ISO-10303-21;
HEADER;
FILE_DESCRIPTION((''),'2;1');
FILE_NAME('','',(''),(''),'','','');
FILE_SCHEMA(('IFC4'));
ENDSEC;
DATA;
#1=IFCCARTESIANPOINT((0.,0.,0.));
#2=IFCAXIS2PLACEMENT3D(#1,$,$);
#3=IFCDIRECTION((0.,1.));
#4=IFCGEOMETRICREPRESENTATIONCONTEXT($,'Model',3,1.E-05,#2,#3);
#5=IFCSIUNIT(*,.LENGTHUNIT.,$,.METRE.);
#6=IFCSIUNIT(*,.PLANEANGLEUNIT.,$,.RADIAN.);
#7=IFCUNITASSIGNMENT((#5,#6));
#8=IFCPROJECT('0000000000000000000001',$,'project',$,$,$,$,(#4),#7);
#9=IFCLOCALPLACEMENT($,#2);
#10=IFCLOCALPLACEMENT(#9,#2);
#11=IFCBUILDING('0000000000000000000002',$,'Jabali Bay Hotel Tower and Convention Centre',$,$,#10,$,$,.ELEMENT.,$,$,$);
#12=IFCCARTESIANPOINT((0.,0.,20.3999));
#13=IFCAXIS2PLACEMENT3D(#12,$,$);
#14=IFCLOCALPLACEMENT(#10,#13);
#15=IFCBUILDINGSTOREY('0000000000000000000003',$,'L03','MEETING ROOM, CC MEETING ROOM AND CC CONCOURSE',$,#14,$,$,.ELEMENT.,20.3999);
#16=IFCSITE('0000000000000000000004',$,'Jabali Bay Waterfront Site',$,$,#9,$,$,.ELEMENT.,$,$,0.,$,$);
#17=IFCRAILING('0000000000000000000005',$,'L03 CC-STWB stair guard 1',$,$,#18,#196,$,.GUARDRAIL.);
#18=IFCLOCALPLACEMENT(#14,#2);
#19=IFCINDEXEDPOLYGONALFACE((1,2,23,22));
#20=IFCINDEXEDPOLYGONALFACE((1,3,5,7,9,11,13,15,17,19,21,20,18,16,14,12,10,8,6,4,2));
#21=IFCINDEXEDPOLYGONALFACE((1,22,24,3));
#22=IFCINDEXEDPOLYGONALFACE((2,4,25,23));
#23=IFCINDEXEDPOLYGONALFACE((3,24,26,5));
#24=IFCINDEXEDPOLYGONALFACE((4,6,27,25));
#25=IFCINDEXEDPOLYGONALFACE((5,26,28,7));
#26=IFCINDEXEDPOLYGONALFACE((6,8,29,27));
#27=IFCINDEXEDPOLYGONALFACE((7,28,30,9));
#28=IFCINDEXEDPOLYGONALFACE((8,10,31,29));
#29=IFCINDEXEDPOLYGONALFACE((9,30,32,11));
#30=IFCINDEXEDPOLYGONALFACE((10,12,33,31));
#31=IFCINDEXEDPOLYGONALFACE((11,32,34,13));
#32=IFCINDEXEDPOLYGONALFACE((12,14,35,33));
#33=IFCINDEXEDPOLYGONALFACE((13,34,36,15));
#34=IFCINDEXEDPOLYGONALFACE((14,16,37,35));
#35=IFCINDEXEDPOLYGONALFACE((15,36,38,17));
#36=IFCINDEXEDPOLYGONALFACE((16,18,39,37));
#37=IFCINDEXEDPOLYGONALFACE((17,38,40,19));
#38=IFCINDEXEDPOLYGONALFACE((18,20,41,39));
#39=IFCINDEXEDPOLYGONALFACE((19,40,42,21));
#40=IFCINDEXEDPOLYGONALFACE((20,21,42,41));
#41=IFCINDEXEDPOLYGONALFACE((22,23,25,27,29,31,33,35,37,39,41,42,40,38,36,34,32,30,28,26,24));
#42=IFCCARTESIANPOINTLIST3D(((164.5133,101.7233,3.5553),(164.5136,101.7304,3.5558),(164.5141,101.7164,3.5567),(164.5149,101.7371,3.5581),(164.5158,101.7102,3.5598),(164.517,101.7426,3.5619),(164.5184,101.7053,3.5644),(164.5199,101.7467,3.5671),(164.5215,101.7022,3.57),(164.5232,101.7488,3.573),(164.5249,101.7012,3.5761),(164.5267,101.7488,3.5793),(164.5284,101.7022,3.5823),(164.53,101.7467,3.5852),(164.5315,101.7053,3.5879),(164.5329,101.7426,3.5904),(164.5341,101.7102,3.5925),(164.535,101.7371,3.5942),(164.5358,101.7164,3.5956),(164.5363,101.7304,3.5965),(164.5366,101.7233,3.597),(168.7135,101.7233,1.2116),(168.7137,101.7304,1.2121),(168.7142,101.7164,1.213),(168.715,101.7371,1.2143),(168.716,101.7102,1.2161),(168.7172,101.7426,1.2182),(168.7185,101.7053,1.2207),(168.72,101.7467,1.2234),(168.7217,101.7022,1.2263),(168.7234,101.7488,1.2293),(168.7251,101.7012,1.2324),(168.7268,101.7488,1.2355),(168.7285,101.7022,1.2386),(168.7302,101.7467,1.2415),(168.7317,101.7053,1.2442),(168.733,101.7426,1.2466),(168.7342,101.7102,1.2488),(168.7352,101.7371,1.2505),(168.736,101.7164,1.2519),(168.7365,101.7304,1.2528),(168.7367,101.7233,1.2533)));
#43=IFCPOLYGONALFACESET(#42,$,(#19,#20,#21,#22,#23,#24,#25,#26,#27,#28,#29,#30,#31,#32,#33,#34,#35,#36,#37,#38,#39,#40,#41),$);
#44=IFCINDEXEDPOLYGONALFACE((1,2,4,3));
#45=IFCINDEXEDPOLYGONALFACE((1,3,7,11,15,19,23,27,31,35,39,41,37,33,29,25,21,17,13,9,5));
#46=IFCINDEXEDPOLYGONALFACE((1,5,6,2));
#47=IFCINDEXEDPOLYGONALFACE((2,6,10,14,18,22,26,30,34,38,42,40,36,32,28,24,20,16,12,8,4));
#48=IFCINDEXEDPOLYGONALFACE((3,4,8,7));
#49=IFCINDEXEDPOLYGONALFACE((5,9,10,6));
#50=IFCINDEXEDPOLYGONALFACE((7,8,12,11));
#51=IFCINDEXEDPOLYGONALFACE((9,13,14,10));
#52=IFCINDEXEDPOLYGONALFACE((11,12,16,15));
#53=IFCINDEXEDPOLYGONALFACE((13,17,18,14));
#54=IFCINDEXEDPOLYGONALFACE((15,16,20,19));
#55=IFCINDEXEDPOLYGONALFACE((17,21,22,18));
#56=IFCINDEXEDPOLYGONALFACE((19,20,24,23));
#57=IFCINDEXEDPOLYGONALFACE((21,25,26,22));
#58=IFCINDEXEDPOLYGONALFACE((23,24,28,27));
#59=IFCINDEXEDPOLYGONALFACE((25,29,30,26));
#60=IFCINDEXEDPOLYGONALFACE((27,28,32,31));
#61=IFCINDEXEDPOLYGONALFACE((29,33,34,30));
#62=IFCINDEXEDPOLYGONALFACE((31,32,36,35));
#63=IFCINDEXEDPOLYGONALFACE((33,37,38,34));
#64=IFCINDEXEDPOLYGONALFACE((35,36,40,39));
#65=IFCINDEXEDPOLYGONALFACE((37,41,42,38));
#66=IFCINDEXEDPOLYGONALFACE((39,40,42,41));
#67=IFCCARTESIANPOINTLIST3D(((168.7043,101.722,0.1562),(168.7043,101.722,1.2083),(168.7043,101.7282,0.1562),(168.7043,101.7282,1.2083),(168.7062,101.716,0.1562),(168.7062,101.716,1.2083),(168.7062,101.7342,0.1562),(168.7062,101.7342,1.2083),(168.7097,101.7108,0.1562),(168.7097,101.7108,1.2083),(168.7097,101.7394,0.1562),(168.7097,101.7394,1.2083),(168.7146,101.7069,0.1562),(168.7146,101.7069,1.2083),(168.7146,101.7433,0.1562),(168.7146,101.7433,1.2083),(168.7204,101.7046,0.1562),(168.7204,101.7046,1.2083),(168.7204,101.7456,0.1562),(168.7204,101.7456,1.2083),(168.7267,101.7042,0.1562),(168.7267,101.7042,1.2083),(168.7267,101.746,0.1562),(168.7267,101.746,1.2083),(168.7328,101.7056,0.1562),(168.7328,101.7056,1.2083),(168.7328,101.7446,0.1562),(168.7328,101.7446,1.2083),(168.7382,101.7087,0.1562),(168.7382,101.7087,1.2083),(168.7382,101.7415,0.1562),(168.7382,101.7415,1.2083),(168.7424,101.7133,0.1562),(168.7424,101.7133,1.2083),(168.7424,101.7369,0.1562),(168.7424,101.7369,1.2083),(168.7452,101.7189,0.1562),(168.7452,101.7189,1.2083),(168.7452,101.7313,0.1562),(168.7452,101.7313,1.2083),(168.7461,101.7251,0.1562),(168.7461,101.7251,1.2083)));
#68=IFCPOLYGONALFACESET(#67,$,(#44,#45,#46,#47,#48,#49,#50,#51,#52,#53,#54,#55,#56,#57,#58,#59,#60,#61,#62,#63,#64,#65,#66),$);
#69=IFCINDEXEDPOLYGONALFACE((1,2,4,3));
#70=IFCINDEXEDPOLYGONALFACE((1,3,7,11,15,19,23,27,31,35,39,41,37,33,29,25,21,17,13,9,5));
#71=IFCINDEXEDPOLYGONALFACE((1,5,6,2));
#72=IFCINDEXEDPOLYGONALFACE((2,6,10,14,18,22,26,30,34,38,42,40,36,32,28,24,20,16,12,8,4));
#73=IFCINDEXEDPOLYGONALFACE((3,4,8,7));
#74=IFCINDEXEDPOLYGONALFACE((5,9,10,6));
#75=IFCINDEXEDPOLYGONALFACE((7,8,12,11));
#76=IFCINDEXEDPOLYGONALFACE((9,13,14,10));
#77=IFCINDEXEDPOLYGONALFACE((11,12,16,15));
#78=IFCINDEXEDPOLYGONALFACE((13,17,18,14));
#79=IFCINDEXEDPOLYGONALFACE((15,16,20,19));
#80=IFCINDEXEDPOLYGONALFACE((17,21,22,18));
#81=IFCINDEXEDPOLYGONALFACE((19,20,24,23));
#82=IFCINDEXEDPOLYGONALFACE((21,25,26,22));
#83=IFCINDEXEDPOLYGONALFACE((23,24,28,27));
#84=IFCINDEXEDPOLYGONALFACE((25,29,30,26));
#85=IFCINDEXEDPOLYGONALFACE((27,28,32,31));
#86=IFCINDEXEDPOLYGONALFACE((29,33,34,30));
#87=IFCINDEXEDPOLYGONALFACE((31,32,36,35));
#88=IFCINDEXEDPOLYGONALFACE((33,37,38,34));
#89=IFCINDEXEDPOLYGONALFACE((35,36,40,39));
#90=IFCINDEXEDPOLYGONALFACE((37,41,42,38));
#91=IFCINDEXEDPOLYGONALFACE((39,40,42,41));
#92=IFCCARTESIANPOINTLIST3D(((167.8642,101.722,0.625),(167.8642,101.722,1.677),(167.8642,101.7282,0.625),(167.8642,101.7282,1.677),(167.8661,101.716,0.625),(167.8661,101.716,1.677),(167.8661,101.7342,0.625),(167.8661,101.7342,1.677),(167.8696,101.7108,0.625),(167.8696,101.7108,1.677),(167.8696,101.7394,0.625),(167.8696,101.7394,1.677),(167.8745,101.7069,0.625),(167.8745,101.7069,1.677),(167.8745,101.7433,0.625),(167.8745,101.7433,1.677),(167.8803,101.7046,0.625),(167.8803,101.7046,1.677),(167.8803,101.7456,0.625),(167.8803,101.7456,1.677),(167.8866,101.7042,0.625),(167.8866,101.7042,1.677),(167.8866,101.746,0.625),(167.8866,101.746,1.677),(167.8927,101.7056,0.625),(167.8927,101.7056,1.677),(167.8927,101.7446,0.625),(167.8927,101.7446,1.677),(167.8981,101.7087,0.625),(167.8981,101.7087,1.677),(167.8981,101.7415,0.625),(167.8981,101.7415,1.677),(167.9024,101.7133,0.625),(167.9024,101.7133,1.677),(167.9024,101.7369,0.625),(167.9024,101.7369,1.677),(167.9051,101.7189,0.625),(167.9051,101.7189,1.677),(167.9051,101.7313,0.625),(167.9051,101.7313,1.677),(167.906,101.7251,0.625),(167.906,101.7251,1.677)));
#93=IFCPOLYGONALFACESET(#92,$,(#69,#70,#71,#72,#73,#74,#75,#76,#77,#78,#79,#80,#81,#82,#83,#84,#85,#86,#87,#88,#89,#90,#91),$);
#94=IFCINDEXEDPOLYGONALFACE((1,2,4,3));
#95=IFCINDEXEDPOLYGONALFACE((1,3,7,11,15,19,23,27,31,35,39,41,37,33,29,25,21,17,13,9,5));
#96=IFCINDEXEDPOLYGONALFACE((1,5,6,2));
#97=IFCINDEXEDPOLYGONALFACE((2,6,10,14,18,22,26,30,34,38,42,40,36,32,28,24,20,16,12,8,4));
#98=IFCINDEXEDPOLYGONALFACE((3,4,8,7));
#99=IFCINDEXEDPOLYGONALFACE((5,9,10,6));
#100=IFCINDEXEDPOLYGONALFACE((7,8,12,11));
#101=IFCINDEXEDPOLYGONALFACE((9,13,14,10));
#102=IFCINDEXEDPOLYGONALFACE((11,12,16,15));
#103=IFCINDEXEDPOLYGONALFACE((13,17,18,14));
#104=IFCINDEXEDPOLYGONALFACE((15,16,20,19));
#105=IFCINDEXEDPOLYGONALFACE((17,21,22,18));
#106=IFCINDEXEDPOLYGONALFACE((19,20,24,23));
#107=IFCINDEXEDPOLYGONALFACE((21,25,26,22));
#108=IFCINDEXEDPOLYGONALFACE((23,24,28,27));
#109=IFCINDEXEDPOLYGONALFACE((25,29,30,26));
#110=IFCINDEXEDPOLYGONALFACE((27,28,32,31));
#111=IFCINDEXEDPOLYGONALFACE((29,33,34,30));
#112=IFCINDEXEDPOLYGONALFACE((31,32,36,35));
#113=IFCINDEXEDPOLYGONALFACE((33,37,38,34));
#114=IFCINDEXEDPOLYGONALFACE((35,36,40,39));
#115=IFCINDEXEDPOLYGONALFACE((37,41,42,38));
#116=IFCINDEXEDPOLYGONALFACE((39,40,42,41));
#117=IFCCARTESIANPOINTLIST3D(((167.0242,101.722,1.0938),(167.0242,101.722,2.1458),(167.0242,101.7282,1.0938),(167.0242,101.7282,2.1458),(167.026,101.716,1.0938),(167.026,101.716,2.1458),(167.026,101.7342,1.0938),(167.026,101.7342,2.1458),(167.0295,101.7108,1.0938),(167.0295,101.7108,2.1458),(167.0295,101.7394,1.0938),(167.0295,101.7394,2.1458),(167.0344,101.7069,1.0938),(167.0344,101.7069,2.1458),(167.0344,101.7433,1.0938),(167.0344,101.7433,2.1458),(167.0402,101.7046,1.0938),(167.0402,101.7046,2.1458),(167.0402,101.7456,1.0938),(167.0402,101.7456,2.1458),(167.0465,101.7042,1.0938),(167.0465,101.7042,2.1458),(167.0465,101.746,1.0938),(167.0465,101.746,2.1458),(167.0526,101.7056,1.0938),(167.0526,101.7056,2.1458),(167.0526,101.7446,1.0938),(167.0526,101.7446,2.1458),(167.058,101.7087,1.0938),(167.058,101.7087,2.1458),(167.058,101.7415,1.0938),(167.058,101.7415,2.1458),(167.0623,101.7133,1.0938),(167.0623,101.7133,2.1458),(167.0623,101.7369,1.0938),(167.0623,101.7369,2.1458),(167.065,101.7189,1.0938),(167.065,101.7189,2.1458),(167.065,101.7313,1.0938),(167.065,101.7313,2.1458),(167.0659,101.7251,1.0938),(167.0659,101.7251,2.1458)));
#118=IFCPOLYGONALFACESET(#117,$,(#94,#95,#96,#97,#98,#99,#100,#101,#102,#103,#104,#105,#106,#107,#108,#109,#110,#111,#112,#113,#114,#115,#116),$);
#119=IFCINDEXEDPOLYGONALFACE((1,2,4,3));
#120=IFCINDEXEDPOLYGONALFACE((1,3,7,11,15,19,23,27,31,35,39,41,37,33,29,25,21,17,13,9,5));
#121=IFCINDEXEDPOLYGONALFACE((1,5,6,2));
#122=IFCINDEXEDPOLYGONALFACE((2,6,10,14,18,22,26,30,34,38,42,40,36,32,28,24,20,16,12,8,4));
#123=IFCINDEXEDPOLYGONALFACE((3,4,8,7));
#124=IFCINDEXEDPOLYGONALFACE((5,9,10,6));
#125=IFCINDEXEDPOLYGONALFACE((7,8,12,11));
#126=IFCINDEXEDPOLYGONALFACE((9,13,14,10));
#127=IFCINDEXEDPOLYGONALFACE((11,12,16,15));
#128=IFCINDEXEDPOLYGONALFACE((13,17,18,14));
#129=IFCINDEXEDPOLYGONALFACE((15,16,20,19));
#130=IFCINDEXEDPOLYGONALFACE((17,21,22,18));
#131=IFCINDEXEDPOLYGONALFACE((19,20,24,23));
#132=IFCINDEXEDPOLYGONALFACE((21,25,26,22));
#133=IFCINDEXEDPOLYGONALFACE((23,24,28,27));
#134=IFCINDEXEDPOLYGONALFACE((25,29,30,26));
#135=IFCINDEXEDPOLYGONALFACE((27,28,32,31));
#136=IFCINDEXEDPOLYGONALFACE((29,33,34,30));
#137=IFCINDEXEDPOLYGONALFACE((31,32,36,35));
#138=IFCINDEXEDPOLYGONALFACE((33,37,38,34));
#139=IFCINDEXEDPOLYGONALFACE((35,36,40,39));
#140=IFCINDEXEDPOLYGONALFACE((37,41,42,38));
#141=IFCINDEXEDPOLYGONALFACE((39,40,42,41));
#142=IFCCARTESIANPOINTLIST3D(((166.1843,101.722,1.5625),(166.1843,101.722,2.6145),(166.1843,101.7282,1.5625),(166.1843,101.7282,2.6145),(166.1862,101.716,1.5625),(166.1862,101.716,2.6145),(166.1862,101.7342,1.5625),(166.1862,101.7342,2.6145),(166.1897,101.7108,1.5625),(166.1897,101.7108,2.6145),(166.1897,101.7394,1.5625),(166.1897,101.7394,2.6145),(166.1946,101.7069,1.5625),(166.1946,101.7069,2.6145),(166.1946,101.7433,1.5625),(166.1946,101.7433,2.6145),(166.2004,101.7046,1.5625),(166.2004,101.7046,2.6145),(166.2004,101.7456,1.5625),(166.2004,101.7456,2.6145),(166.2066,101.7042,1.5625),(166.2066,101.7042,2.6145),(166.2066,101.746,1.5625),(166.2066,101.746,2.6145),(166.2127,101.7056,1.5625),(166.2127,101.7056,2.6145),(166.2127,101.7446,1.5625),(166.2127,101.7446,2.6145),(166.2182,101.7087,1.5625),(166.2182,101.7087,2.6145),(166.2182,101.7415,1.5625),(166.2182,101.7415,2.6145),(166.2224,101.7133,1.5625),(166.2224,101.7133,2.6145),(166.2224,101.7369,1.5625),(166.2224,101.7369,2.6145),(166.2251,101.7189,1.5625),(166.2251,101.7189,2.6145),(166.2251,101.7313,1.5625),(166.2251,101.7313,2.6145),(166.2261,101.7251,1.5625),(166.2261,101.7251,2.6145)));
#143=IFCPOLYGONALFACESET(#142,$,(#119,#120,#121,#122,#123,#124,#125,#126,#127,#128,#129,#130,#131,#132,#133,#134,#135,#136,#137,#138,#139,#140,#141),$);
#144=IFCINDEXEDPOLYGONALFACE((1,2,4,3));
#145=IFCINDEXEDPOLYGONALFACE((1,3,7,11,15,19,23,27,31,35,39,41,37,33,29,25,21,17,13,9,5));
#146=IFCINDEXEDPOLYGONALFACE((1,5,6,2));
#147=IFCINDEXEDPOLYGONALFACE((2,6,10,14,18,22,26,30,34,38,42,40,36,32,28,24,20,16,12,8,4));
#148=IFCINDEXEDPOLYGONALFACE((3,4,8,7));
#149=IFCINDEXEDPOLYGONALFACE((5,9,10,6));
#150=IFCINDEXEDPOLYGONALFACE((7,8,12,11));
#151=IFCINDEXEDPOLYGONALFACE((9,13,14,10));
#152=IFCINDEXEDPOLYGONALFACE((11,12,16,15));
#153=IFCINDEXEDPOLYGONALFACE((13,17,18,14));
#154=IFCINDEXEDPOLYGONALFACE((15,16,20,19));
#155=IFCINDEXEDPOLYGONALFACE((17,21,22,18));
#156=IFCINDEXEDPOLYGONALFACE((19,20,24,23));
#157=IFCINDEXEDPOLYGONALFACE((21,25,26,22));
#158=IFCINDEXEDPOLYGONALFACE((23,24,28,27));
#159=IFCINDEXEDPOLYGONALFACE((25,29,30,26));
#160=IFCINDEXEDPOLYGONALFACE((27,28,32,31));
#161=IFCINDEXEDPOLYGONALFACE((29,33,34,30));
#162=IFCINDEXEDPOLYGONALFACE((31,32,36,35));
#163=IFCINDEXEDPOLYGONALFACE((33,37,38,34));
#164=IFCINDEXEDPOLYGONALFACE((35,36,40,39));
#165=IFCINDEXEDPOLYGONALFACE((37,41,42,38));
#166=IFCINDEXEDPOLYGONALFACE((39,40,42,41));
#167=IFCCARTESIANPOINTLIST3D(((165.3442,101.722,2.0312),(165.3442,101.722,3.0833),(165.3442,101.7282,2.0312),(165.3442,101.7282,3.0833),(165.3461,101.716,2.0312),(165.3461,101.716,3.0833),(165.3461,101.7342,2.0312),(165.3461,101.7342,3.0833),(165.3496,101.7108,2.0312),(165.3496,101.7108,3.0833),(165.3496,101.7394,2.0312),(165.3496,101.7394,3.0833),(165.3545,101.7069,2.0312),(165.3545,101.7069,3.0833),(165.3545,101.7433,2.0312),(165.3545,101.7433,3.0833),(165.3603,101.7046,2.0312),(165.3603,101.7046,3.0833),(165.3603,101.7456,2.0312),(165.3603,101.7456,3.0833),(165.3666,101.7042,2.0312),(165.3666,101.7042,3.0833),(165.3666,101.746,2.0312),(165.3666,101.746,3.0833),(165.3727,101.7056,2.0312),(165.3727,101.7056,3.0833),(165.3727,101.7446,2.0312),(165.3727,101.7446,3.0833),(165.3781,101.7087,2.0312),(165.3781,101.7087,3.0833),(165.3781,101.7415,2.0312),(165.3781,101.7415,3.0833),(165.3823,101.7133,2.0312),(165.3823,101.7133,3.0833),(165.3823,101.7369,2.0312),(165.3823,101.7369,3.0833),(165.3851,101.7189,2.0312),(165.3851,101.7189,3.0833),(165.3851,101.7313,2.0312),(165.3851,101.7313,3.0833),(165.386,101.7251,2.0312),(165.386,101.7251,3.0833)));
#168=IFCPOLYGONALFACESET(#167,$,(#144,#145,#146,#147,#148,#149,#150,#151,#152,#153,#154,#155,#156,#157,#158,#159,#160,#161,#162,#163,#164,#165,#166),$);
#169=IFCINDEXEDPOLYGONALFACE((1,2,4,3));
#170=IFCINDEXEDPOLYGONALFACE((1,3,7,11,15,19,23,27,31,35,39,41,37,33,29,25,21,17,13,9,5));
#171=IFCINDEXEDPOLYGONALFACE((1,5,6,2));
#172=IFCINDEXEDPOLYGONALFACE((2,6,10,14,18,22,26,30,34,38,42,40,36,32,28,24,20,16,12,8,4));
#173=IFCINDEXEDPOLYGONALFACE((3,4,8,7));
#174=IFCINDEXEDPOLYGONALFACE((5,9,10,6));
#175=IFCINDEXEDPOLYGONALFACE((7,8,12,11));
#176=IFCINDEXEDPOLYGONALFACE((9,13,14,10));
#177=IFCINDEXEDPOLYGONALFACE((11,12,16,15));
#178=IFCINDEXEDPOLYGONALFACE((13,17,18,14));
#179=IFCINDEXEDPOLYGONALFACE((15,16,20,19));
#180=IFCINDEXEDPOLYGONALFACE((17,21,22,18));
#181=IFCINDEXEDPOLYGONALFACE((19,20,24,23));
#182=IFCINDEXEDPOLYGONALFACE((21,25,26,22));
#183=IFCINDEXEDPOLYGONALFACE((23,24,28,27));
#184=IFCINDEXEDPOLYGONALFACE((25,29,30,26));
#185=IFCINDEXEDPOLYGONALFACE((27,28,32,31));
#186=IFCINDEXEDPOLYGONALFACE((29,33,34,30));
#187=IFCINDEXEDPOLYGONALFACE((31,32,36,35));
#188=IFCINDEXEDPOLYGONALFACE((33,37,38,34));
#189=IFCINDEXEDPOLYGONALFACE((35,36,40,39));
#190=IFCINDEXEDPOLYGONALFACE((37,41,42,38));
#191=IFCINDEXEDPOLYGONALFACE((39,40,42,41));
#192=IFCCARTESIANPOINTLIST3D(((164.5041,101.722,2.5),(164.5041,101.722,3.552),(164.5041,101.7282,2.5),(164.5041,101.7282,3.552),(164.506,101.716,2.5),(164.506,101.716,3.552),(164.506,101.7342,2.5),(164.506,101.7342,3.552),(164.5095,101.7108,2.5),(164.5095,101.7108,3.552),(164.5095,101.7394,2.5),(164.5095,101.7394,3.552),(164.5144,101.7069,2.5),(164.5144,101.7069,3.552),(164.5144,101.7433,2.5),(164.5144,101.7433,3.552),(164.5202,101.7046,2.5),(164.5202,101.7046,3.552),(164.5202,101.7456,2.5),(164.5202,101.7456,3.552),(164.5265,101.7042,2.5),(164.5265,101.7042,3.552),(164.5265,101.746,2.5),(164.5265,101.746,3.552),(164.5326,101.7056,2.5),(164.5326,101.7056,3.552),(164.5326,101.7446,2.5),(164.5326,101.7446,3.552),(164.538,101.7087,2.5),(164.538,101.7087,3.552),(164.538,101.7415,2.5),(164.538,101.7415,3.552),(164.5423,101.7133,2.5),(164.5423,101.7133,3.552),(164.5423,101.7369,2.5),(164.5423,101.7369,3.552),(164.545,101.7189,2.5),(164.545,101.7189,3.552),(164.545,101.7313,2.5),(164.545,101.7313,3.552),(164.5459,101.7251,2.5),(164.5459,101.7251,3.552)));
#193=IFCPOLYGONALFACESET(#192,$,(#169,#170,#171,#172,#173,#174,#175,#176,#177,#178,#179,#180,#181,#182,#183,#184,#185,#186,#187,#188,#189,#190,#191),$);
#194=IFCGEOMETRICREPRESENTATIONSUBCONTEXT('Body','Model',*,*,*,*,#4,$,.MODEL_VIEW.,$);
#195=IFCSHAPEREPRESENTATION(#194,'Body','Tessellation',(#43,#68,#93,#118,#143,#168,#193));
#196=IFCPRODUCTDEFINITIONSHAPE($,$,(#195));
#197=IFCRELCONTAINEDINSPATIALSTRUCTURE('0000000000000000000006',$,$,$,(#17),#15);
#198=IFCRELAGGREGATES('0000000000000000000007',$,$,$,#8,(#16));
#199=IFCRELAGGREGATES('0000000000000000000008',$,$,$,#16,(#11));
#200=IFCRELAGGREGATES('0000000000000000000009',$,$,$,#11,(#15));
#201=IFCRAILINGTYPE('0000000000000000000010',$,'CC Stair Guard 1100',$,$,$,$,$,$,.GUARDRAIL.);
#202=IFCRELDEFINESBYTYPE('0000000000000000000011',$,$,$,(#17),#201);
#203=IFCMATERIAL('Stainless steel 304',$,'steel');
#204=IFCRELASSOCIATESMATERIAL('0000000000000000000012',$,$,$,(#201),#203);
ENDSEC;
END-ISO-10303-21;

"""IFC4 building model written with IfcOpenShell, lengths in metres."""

from ifc_helpers import new_model, si_unit, direction, frame, origin, origin_2d, place, context, subcontext, project, spatial, circle, extrude, material, type_object, element, save


model = new_model("IFC4")

# Units and contexts
model_context = context("Model", 3, precision=1e-05, world=origin(), true_north=direction((0.0, 1.0)))
body_context = subcontext(model_context, "Body", "Model", "MODEL_VIEW")
ifc_project = project(units=[si_unit("LENGTHUNIT", "METRE"), si_unit("PLANEANGLEUNIT", "RADIAN")], contexts=[model_context])

# Site, building, storey
site_placement = place(None, origin())
site = spatial("IfcSite", under=ifc_project, at=site_placement, Name="Jabali Bay Waterfront Site", CompositionType="ELEMENT", RefElevation=0.0)
building_placement = place(site_placement, origin())
building = spatial("IfcBuilding", under=site, at=building_placement, Name="Jabali Bay Hotel Tower and Convention Centre", CompositionType="ELEMENT")
storey_placement = place(building_placement, frame((0.0, 0.0, 20.3999)))
storey = spatial("IfcBuildingStorey", under=building, at=storey_placement, Name="L03", Description="MEETING ROOM, CC MEETING ROOM AND CC CONCOURSE", CompositionType="ELEMENT", Elevation=20.3999)

# Railing
ifc_material_1 = material(Name="Stainless steel 304", Category="steel")
railing_type_1 = type_object("IfcRailingType", Name="CC Stair Guard 1100", PredefinedType="GUARDRAIL", material=ifc_material_1)
railing_1_placement = place(storey_placement, frame((168.7251, 101.7251, 0.1562)))
element("IfcRailing", 1, at=railing_1_placement, inside=storey, type_object=railing_type_1, Name="L03 CC-STWB stair guard 1", PredefinedType="GUARDRAIL", context=body_context, shape_type="SweptSolid", body=[
    extrude(circle(Radius=0.0239, at=origin_2d()), frame((0.0, 0.0, 1.0762), z_axis=(-0.873246, 0.0, 0.48728), x_axis=(0.0, -1.0, 0.0)), (0.0, 0.0, 1.0), 4.8098),
    extrude(circle(Radius=0.021, at=origin_2d()), origin(), (0.0, 0.0, 1.0), 1.052),
    extrude(circle(Radius=0.021, at=origin_2d()), frame((-0.8401, 0.0, 0.4688)), (0.0, 0.0, 1.0), 1.052),
    extrude(circle(Radius=0.021, at=origin_2d()), frame((-1.6802, 0.0, 0.9375)), (0.0, 0.0, 1.0), 1.052),
    extrude(circle(Radius=0.021, at=origin_2d()), frame((-2.52, 0.0, 1.4062)), (0.0, 0.0, 1.0), 1.052),
    extrude(circle(Radius=0.021, at=origin_2d()), frame((-3.3601, 0.0, 1.875)), (0.0, 0.0, 1.0), 1.052),
    extrude(circle(Radius=0.021, at=origin_2d()), frame((-4.2002, 0.0, 2.3438)), (0.0, 0.0, 1.0), 1.052),
])

save(model, "model.ifc")
